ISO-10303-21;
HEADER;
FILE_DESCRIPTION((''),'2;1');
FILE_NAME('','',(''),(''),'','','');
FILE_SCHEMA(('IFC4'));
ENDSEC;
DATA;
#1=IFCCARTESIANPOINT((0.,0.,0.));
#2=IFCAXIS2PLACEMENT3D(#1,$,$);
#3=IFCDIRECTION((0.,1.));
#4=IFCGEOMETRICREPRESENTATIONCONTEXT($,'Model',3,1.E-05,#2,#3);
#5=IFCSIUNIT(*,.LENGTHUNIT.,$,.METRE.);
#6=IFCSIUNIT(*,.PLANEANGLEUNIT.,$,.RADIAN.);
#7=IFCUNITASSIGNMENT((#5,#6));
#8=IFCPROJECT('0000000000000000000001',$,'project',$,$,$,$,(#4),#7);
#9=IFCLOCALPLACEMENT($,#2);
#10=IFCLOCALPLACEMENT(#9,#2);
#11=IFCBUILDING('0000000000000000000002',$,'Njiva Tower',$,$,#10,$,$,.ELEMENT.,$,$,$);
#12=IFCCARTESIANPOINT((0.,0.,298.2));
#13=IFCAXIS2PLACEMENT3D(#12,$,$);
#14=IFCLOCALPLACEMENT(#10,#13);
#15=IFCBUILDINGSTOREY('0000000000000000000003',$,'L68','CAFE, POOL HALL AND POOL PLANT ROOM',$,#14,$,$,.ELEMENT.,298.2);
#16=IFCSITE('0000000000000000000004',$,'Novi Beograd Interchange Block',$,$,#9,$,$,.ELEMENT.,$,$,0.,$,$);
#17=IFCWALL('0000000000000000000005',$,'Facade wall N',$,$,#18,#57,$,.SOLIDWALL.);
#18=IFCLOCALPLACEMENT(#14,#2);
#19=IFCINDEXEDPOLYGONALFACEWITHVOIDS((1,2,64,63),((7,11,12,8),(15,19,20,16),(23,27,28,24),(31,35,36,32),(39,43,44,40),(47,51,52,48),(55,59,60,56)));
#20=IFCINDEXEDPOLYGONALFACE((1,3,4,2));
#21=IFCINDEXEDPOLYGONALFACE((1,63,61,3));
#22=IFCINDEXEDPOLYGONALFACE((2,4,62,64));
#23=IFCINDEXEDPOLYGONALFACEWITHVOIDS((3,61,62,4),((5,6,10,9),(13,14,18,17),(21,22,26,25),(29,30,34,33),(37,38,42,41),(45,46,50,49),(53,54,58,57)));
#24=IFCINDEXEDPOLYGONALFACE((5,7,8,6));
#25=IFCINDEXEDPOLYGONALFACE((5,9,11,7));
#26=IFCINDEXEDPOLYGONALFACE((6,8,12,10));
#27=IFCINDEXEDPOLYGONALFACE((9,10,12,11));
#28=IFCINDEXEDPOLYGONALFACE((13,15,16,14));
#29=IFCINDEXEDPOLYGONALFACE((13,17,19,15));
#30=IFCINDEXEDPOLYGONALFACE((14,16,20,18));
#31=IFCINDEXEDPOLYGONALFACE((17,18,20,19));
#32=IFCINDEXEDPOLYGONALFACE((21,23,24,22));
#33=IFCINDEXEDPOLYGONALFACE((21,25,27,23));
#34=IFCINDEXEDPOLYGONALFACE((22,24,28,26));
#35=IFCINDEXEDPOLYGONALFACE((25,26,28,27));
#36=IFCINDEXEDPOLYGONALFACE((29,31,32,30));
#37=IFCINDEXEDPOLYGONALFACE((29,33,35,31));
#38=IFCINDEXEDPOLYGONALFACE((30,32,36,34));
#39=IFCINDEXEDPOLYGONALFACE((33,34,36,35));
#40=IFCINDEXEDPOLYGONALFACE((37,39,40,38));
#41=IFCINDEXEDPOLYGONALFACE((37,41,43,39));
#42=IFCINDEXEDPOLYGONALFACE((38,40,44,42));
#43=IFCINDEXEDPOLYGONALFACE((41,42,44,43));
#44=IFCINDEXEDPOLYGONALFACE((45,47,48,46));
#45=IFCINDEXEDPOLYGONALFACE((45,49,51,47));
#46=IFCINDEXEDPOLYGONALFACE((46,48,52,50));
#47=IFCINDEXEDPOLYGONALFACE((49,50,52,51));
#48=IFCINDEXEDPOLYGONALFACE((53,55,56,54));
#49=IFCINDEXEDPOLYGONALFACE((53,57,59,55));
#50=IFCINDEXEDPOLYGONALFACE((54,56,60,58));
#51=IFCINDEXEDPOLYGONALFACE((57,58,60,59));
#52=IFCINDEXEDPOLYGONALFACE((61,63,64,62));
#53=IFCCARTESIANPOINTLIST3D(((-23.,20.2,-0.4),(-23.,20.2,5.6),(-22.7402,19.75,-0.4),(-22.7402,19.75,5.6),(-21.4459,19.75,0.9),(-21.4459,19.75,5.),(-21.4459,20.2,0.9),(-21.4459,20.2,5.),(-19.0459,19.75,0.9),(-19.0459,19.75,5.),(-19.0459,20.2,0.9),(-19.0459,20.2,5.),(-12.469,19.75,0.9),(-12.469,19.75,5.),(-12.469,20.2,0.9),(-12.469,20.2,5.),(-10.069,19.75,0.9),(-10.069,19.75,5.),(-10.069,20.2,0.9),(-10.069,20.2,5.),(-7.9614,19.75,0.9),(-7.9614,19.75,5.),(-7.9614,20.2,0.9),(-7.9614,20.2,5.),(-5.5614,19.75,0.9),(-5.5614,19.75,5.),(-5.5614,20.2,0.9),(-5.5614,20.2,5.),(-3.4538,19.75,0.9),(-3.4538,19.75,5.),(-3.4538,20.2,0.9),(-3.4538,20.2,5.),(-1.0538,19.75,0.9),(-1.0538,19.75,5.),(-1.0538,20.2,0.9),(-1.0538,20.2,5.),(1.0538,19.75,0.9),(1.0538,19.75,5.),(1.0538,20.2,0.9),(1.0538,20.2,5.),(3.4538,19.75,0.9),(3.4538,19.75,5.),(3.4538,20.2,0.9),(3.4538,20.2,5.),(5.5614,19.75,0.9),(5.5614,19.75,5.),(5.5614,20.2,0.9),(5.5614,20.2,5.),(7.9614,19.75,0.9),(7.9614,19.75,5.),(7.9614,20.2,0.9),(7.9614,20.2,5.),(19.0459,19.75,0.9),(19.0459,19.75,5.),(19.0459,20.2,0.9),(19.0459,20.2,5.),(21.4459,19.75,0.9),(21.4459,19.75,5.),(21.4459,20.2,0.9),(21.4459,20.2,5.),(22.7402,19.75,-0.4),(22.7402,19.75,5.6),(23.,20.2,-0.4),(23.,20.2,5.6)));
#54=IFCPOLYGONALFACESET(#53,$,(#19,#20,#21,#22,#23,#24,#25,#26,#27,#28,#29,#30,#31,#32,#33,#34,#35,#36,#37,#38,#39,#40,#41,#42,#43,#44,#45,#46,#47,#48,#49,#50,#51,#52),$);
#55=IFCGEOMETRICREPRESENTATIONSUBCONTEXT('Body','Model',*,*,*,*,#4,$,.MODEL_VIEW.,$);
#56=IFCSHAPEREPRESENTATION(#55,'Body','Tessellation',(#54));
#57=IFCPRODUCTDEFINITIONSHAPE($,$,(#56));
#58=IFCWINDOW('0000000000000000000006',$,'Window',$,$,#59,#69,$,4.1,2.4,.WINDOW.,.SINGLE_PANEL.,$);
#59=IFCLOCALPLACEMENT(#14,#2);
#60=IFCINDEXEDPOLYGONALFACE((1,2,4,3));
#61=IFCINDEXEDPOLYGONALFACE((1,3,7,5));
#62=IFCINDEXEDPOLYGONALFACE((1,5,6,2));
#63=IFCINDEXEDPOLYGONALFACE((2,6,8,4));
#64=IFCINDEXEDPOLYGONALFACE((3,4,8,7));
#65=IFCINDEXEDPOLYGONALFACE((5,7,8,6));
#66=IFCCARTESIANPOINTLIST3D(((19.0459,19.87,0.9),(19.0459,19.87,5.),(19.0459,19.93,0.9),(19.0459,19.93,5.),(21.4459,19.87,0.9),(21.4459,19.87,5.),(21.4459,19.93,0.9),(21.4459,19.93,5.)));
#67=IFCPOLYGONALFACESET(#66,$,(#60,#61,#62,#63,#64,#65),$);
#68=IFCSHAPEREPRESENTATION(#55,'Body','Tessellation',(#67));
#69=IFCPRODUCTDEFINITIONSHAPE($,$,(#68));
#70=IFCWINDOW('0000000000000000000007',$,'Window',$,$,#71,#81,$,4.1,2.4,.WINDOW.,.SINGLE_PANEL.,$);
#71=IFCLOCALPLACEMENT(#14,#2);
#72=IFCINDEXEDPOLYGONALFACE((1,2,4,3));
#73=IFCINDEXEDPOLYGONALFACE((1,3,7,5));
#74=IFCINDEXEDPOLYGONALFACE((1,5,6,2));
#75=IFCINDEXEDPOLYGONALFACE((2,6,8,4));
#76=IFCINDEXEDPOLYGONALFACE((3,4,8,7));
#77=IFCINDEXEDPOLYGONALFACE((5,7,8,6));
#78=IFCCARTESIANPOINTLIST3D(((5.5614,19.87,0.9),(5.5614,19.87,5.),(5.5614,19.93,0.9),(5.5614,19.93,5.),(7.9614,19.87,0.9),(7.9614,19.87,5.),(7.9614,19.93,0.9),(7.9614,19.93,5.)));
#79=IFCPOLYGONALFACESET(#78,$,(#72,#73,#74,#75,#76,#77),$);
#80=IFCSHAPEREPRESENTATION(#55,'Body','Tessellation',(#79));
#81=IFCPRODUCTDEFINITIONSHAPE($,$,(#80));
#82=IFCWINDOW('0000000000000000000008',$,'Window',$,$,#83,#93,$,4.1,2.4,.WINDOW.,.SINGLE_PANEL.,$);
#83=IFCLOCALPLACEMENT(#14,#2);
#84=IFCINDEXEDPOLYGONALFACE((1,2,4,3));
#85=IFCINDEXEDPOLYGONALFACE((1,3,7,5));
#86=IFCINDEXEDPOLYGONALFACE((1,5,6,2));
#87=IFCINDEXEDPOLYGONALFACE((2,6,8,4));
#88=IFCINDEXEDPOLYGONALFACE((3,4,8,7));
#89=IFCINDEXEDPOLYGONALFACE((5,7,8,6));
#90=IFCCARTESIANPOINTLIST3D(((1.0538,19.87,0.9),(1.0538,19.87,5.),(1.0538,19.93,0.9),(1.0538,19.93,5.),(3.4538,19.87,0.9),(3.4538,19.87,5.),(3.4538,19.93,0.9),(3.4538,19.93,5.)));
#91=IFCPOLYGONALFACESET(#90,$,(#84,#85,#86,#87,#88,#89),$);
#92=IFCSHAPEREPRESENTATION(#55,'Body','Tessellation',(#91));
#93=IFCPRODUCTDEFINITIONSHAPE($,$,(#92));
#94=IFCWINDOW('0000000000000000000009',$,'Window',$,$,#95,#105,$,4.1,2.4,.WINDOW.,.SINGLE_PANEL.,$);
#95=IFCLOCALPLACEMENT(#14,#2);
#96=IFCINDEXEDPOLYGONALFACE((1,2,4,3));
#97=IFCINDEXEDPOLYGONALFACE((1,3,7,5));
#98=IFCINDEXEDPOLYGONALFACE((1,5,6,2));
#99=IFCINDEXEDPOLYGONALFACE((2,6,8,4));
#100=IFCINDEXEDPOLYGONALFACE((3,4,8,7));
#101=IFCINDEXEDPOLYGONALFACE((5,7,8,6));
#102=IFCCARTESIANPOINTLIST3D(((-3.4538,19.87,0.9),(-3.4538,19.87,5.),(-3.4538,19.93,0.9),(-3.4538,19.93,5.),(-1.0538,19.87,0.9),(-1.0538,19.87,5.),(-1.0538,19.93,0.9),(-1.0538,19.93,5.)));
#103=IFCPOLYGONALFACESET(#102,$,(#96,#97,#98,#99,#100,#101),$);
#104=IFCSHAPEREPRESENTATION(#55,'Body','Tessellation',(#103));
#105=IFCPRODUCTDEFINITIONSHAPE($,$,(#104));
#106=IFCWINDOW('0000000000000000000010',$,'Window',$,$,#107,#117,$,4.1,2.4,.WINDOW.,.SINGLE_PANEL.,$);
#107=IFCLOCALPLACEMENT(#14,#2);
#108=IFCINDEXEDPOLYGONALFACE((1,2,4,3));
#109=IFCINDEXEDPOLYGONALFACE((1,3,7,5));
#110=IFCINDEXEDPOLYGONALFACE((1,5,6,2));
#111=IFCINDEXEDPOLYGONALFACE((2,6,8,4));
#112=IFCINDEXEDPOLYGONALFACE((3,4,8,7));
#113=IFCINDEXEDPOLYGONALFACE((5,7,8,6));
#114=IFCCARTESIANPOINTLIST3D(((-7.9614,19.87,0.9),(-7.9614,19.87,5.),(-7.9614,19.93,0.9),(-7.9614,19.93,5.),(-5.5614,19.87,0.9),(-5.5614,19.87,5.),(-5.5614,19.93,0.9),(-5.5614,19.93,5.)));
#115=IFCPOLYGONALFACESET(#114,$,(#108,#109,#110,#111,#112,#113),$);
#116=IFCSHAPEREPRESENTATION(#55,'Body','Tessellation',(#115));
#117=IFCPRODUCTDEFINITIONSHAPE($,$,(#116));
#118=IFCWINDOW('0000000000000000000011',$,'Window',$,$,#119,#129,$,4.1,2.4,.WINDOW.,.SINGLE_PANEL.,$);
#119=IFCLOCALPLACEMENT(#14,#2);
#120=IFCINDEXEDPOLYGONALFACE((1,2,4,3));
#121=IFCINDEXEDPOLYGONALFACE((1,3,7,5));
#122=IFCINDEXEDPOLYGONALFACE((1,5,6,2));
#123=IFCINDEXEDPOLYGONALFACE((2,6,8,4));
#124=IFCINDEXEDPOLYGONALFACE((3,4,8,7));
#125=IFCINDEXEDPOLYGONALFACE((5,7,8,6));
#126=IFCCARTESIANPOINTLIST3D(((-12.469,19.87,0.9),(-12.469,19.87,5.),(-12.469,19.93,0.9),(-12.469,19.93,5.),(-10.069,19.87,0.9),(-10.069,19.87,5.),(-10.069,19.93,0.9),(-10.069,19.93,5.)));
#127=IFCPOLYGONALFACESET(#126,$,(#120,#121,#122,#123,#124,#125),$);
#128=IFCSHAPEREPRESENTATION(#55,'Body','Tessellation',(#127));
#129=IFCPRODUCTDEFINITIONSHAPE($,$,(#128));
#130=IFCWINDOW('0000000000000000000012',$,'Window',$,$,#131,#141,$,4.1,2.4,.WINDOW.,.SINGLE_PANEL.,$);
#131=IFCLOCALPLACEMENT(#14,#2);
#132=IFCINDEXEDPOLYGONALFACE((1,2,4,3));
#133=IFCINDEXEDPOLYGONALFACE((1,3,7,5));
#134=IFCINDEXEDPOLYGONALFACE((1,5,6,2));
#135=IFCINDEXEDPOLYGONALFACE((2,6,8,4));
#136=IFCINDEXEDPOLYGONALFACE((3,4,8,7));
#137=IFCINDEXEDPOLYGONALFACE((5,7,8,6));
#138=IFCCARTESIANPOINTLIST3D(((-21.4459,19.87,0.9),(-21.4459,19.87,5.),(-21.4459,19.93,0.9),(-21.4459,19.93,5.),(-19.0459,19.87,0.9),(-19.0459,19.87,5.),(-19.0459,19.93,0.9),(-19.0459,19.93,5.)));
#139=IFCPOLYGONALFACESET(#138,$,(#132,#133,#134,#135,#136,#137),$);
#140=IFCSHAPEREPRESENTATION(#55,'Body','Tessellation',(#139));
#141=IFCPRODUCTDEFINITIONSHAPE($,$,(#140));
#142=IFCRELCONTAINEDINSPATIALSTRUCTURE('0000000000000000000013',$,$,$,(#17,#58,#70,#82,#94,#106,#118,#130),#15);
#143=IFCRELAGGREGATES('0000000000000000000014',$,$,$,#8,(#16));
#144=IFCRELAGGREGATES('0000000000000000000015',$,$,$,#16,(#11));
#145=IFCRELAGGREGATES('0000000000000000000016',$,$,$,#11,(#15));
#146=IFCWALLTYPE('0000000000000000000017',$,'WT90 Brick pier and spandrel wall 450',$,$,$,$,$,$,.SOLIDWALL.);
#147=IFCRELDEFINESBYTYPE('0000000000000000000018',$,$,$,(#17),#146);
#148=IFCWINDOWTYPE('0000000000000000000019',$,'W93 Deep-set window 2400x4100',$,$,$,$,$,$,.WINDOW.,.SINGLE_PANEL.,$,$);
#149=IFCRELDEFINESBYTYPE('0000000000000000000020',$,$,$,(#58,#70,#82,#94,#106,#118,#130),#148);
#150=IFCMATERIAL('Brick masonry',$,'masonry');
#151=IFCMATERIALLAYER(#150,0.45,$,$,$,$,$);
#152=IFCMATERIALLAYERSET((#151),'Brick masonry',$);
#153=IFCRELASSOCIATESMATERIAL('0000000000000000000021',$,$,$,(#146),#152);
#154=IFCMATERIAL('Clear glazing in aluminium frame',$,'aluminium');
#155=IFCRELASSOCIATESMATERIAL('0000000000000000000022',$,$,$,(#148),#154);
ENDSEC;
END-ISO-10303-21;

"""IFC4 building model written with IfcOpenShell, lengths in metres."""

from ifc_helpers import new_model, si_unit, direction, frame, frame_2d, origin, place, context, subcontext, project, spatial, polyline, rectangle, outline, extrude, material, layer, layer_set, type_object, element, fill, save


model = new_model("IFC4")

# Units and contexts
model_context = context("Model", 3, precision=1e-05, world=origin(), true_north=direction((0.0, 1.0)))
body_context = subcontext(model_context, "Body", "Model", "MODEL_VIEW")
ifc_project = project(units=[si_unit("LENGTHUNIT", "METRE"), si_unit("PLANEANGLEUNIT", "RADIAN")], contexts=[model_context])

# Site, building, storey
site_placement = place(None, origin())
site = spatial("IfcSite", under=ifc_project, at=site_placement, Name="Novi Beograd Interchange Block", CompositionType="ELEMENT", RefElevation=0.0)
building_placement = place(site_placement, origin())
building = spatial("IfcBuilding", under=site, at=building_placement, Name="Njiva Tower", CompositionType="ELEMENT")
storey_placement = place(building_placement, frame((0.0, 0.0, 298.2)))
storey = spatial("IfcBuildingStorey", under=building, at=storey_placement, Name="L68", Description="CAFE, POOL HALL AND POOL PLANT ROOM", CompositionType="ELEMENT", Elevation=298.2)

# Wall, openings, windows
ifc_material_1 = material(Name="Brick masonry", Category="masonry")
ifc_layer_1 = layer(ifc_material_1, 0.45)
ifc_layer_set_1 = layer_set([ifc_layer_1], Name="Brick masonry")
wall_type_1 = type_object("IfcWallType", Name="WT90 Brick pier and spandrel wall 450", PredefinedType="SOLIDWALL", material=ifc_layer_set_1)
wall_1_placement = place(storey_placement, frame((22.8701, 19.975, -0.4), z_axis=(0.0, 0.0, 1.0), x_axis=(-1.0, 0.0, 0.0)))
wall_1 = element("IfcWall", 1, at=wall_1_placement, inside=storey, type_object=wall_type_1, Name="Facade wall N", PredefinedType="SOLIDWALL", context=body_context, shape_type="SweptSolid", body=[
    extrude(outline(polyline([(-0.1299, -0.225), (45.8701, -0.225), (45.6103, 0.225), (0.1299, 0.225), (-0.1299, -0.225)])), origin(), (0.0, 0.0, 1.0), 6.0),
])
opening_1_placement = place(wall_1_placement, frame((1.4242, 0.0, 1.3)))
opening_1 = element("IfcOpeningElement", 2, at=opening_1_placement, cuts=wall_1, PredefinedType="OPENING", context=body_context, shape_type="SweptSolid", body=[
    extrude(rectangle(XDim=2.4, YDim=4.1, at=frame_2d((1.2, 2.05))), frame((0.0, 0.235, 0.0), z_axis=(0.0, -1.0, 0.0), x_axis=(1.0, 0.0, 0.0)), (0.0, 0.0, 1.0), 0.47),
])
opening_2_placement = place(wall_1_placement, frame((14.9087, 0.0, 1.3)))
opening_2 = element("IfcOpeningElement", 3, at=opening_2_placement, cuts=wall_1, PredefinedType="OPENING", context=body_context, shape_type="SweptSolid", body=[
    extrude(rectangle(XDim=2.4, YDim=4.1, at=frame_2d((1.2, 2.05))), frame((0.0, 0.235, 0.0), z_axis=(0.0, -1.0, 0.0), x_axis=(1.0, 0.0, 0.0)), (0.0, 0.0, 1.0), 0.47),
])
opening_3_placement = place(wall_1_placement, frame((19.4163, 0.0, 1.3)))
opening_3 = element("IfcOpeningElement", 4, at=opening_3_placement, cuts=wall_1, PredefinedType="OPENING", context=body_context, shape_type="SweptSolid", body=[
    extrude(rectangle(XDim=2.4, YDim=4.1, at=frame_2d((1.2, 2.05))), frame((0.0, 0.235, 0.0), z_axis=(0.0, -1.0, 0.0), x_axis=(1.0, 0.0, 0.0)), (0.0, 0.0, 1.0), 0.47),
])
opening_4_placement = place(wall_1_placement, frame((23.9239, 0.0, 1.3)))
opening_4 = element("IfcOpeningElement", 5, at=opening_4_placement, cuts=wall_1, PredefinedType="OPENING", context=body_context, shape_type="SweptSolid", body=[
    extrude(rectangle(XDim=2.4, YDim=4.1, at=frame_2d((1.2, 2.05))), frame((0.0, 0.235, 0.0), z_axis=(0.0, -1.0, 0.0), x_axis=(1.0, 0.0, 0.0)), (0.0, 0.0, 1.0), 0.47),
])
opening_5_placement = place(wall_1_placement, frame((28.4315, 0.0, 1.3)))
opening_5 = element("IfcOpeningElement", 6, at=opening_5_placement, cuts=wall_1, PredefinedType="OPENING", context=body_context, shape_type="SweptSolid", body=[
    extrude(rectangle(XDim=2.4, YDim=4.1, at=frame_2d((1.2, 2.05))), frame((0.0, 0.235, 0.0), z_axis=(0.0, -1.0, 0.0), x_axis=(1.0, 0.0, 0.0)), (0.0, 0.0, 1.0), 0.47),
])
opening_6_placement = place(wall_1_placement, frame((32.9391, 0.0, 1.3)))
opening_6 = element("IfcOpeningElement", 7, at=opening_6_placement, cuts=wall_1, PredefinedType="OPENING", context=body_context, shape_type="SweptSolid", body=[
    extrude(rectangle(XDim=2.4, YDim=4.1, at=frame_2d((1.2, 2.05))), frame((0.0, 0.235, 0.0), z_axis=(0.0, -1.0, 0.0), x_axis=(1.0, 0.0, 0.0)), (0.0, 0.0, 1.0), 0.47),
])
opening_7_placement = place(wall_1_placement, frame((41.916, 0.0, 1.3)))
opening_7 = element("IfcOpeningElement", 8, at=opening_7_placement, cuts=wall_1, PredefinedType="OPENING", context=body_context, shape_type="SweptSolid", body=[
    extrude(rectangle(XDim=2.4, YDim=4.1, at=frame_2d((1.2, 2.05))), frame((0.0, 0.235, 0.0), z_axis=(0.0, -1.0, 0.0), x_axis=(1.0, 0.0, 0.0)), (0.0, 0.0, 1.0), 0.47),
])
ifc_material_2 = material(Name="Clear glazing in aluminium frame", Category="aluminium")
window_type_1 = type_object("IfcWindowType", Name="W93 Deep-set window 2400x4100", PartitioningType="SINGLE_PANEL", PredefinedType="WINDOW", material=ifc_material_2)
window_1_placement = place(opening_1_placement, origin())
window_1 = element("IfcWindow", 9, at=window_1_placement, inside=storey, type_object=window_type_1, Name="Window", OverallHeight=4.1, OverallWidth=2.4, PartitioningType="SINGLE_PANEL", PredefinedType="WINDOW", context=body_context, shape_type="SweptSolid", body=[
    extrude(rectangle(XDim=2.4, YDim=4.1, at=frame_2d((1.2, 2.05))), frame((0.0, 0.105, 0.0), z_axis=(0.0, -1.0, 0.0), x_axis=(1.0, 0.0, 0.0)), (0.0, 0.0, 1.0), 0.06),
])
fill(opening_1, window_1)
window_2_placement = place(opening_2_placement, origin())
window_2 = element("IfcWindow", 10, at=window_2_placement, inside=storey, type_object=window_type_1, Name="Window", OverallHeight=4.1, OverallWidth=2.4, PartitioningType="SINGLE_PANEL", PredefinedType="WINDOW", context=body_context, shape_type="SweptSolid", body=[
    extrude(rectangle(XDim=2.4, YDim=4.1, at=frame_2d((1.2, 2.05))), frame((0.0, 0.105, 0.0), z_axis=(0.0, -1.0, 0.0), x_axis=(1.0, 0.0, 0.0)), (0.0, 0.0, 1.0), 0.06),
])
fill(opening_2, window_2)
window_3_placement = place(opening_3_placement, origin())
window_3 = element("IfcWindow", 11, at=window_3_placement, inside=storey, type_object=window_type_1, Name="Window", OverallHeight=4.1, OverallWidth=2.4, PartitioningType="SINGLE_PANEL", PredefinedType="WINDOW", context=body_context, shape_type="SweptSolid", body=[
    extrude(rectangle(XDim=2.4, YDim=4.1, at=frame_2d((1.2, 2.05))), frame((0.0, 0.105, 0.0), z_axis=(0.0, -1.0, 0.0), x_axis=(1.0, 0.0, 0.0)), (0.0, 0.0, 1.0), 0.06),
])
fill(opening_3, window_3)
window_4_placement = place(opening_4_placement, origin())
window_4 = element("IfcWindow", 12, at=window_4_placement, inside=storey, type_object=window_type_1, Name="Window", OverallHeight=4.1, OverallWidth=2.4, PartitioningType="SINGLE_PANEL", PredefinedType="WINDOW", context=body_context, shape_type="SweptSolid", body=[
    extrude(rectangle(XDim=2.4, YDim=4.1, at=frame_2d((1.2, 2.05))), frame((0.0, 0.105, 0.0), z_axis=(0.0, -1.0, 0.0), x_axis=(1.0, 0.0, 0.0)), (0.0, 0.0, 1.0), 0.06),
])
fill(opening_4, window_4)
window_5_placement = place(opening_5_placement, origin())
window_5 = element("IfcWindow", 13, at=window_5_placement, inside=storey, type_object=window_type_1, Name="Window", OverallHeight=4.1, OverallWidth=2.4, PartitioningType="SINGLE_PANEL", PredefinedType="WINDOW", context=body_context, shape_type="SweptSolid", body=[
    extrude(rectangle(XDim=2.4, YDim=4.1, at=frame_2d((1.2, 2.05))), frame((0.0, 0.105, 0.0), z_axis=(0.0, -1.0, 0.0), x_axis=(1.0, 0.0, 0.0)), (0.0, 0.0, 1.0), 0.06),
])
fill(opening_5, window_5)
window_6_placement = place(opening_6_placement, origin())
window_6 = element("IfcWindow", 14, at=window_6_placement, inside=storey, type_object=window_type_1, Name="Window", OverallHeight=4.1, OverallWidth=2.4, PartitioningType="SINGLE_PANEL", PredefinedType="WINDOW", context=body_context, shape_type="SweptSolid", body=[
    extrude(rectangle(XDim=2.4, YDim=4.1, at=frame_2d((1.2, 2.05))), frame((0.0, 0.105, 0.0), z_axis=(0.0, -1.0, 0.0), x_axis=(1.0, 0.0, 0.0)), (0.0, 0.0, 1.0), 0.06),
])
fill(opening_6, window_6)
window_7_placement = place(opening_7_placement, origin())
window_7 = element("IfcWindow", 15, at=window_7_placement, inside=storey, type_object=window_type_1, Name="Window", OverallHeight=4.1, OverallWidth=2.4, PartitioningType="SINGLE_PANEL", PredefinedType="WINDOW", context=body_context, shape_type="SweptSolid", body=[
    extrude(rectangle(XDim=2.4, YDim=4.1, at=frame_2d((1.2, 2.05))), frame((0.0, 0.105, 0.0), z_axis=(0.0, -1.0, 0.0), x_axis=(1.0, 0.0, 0.0)), (0.0, 0.0, 1.0), 0.06),
])
fill(opening_7, window_7)

save(model, "model.ifc")
